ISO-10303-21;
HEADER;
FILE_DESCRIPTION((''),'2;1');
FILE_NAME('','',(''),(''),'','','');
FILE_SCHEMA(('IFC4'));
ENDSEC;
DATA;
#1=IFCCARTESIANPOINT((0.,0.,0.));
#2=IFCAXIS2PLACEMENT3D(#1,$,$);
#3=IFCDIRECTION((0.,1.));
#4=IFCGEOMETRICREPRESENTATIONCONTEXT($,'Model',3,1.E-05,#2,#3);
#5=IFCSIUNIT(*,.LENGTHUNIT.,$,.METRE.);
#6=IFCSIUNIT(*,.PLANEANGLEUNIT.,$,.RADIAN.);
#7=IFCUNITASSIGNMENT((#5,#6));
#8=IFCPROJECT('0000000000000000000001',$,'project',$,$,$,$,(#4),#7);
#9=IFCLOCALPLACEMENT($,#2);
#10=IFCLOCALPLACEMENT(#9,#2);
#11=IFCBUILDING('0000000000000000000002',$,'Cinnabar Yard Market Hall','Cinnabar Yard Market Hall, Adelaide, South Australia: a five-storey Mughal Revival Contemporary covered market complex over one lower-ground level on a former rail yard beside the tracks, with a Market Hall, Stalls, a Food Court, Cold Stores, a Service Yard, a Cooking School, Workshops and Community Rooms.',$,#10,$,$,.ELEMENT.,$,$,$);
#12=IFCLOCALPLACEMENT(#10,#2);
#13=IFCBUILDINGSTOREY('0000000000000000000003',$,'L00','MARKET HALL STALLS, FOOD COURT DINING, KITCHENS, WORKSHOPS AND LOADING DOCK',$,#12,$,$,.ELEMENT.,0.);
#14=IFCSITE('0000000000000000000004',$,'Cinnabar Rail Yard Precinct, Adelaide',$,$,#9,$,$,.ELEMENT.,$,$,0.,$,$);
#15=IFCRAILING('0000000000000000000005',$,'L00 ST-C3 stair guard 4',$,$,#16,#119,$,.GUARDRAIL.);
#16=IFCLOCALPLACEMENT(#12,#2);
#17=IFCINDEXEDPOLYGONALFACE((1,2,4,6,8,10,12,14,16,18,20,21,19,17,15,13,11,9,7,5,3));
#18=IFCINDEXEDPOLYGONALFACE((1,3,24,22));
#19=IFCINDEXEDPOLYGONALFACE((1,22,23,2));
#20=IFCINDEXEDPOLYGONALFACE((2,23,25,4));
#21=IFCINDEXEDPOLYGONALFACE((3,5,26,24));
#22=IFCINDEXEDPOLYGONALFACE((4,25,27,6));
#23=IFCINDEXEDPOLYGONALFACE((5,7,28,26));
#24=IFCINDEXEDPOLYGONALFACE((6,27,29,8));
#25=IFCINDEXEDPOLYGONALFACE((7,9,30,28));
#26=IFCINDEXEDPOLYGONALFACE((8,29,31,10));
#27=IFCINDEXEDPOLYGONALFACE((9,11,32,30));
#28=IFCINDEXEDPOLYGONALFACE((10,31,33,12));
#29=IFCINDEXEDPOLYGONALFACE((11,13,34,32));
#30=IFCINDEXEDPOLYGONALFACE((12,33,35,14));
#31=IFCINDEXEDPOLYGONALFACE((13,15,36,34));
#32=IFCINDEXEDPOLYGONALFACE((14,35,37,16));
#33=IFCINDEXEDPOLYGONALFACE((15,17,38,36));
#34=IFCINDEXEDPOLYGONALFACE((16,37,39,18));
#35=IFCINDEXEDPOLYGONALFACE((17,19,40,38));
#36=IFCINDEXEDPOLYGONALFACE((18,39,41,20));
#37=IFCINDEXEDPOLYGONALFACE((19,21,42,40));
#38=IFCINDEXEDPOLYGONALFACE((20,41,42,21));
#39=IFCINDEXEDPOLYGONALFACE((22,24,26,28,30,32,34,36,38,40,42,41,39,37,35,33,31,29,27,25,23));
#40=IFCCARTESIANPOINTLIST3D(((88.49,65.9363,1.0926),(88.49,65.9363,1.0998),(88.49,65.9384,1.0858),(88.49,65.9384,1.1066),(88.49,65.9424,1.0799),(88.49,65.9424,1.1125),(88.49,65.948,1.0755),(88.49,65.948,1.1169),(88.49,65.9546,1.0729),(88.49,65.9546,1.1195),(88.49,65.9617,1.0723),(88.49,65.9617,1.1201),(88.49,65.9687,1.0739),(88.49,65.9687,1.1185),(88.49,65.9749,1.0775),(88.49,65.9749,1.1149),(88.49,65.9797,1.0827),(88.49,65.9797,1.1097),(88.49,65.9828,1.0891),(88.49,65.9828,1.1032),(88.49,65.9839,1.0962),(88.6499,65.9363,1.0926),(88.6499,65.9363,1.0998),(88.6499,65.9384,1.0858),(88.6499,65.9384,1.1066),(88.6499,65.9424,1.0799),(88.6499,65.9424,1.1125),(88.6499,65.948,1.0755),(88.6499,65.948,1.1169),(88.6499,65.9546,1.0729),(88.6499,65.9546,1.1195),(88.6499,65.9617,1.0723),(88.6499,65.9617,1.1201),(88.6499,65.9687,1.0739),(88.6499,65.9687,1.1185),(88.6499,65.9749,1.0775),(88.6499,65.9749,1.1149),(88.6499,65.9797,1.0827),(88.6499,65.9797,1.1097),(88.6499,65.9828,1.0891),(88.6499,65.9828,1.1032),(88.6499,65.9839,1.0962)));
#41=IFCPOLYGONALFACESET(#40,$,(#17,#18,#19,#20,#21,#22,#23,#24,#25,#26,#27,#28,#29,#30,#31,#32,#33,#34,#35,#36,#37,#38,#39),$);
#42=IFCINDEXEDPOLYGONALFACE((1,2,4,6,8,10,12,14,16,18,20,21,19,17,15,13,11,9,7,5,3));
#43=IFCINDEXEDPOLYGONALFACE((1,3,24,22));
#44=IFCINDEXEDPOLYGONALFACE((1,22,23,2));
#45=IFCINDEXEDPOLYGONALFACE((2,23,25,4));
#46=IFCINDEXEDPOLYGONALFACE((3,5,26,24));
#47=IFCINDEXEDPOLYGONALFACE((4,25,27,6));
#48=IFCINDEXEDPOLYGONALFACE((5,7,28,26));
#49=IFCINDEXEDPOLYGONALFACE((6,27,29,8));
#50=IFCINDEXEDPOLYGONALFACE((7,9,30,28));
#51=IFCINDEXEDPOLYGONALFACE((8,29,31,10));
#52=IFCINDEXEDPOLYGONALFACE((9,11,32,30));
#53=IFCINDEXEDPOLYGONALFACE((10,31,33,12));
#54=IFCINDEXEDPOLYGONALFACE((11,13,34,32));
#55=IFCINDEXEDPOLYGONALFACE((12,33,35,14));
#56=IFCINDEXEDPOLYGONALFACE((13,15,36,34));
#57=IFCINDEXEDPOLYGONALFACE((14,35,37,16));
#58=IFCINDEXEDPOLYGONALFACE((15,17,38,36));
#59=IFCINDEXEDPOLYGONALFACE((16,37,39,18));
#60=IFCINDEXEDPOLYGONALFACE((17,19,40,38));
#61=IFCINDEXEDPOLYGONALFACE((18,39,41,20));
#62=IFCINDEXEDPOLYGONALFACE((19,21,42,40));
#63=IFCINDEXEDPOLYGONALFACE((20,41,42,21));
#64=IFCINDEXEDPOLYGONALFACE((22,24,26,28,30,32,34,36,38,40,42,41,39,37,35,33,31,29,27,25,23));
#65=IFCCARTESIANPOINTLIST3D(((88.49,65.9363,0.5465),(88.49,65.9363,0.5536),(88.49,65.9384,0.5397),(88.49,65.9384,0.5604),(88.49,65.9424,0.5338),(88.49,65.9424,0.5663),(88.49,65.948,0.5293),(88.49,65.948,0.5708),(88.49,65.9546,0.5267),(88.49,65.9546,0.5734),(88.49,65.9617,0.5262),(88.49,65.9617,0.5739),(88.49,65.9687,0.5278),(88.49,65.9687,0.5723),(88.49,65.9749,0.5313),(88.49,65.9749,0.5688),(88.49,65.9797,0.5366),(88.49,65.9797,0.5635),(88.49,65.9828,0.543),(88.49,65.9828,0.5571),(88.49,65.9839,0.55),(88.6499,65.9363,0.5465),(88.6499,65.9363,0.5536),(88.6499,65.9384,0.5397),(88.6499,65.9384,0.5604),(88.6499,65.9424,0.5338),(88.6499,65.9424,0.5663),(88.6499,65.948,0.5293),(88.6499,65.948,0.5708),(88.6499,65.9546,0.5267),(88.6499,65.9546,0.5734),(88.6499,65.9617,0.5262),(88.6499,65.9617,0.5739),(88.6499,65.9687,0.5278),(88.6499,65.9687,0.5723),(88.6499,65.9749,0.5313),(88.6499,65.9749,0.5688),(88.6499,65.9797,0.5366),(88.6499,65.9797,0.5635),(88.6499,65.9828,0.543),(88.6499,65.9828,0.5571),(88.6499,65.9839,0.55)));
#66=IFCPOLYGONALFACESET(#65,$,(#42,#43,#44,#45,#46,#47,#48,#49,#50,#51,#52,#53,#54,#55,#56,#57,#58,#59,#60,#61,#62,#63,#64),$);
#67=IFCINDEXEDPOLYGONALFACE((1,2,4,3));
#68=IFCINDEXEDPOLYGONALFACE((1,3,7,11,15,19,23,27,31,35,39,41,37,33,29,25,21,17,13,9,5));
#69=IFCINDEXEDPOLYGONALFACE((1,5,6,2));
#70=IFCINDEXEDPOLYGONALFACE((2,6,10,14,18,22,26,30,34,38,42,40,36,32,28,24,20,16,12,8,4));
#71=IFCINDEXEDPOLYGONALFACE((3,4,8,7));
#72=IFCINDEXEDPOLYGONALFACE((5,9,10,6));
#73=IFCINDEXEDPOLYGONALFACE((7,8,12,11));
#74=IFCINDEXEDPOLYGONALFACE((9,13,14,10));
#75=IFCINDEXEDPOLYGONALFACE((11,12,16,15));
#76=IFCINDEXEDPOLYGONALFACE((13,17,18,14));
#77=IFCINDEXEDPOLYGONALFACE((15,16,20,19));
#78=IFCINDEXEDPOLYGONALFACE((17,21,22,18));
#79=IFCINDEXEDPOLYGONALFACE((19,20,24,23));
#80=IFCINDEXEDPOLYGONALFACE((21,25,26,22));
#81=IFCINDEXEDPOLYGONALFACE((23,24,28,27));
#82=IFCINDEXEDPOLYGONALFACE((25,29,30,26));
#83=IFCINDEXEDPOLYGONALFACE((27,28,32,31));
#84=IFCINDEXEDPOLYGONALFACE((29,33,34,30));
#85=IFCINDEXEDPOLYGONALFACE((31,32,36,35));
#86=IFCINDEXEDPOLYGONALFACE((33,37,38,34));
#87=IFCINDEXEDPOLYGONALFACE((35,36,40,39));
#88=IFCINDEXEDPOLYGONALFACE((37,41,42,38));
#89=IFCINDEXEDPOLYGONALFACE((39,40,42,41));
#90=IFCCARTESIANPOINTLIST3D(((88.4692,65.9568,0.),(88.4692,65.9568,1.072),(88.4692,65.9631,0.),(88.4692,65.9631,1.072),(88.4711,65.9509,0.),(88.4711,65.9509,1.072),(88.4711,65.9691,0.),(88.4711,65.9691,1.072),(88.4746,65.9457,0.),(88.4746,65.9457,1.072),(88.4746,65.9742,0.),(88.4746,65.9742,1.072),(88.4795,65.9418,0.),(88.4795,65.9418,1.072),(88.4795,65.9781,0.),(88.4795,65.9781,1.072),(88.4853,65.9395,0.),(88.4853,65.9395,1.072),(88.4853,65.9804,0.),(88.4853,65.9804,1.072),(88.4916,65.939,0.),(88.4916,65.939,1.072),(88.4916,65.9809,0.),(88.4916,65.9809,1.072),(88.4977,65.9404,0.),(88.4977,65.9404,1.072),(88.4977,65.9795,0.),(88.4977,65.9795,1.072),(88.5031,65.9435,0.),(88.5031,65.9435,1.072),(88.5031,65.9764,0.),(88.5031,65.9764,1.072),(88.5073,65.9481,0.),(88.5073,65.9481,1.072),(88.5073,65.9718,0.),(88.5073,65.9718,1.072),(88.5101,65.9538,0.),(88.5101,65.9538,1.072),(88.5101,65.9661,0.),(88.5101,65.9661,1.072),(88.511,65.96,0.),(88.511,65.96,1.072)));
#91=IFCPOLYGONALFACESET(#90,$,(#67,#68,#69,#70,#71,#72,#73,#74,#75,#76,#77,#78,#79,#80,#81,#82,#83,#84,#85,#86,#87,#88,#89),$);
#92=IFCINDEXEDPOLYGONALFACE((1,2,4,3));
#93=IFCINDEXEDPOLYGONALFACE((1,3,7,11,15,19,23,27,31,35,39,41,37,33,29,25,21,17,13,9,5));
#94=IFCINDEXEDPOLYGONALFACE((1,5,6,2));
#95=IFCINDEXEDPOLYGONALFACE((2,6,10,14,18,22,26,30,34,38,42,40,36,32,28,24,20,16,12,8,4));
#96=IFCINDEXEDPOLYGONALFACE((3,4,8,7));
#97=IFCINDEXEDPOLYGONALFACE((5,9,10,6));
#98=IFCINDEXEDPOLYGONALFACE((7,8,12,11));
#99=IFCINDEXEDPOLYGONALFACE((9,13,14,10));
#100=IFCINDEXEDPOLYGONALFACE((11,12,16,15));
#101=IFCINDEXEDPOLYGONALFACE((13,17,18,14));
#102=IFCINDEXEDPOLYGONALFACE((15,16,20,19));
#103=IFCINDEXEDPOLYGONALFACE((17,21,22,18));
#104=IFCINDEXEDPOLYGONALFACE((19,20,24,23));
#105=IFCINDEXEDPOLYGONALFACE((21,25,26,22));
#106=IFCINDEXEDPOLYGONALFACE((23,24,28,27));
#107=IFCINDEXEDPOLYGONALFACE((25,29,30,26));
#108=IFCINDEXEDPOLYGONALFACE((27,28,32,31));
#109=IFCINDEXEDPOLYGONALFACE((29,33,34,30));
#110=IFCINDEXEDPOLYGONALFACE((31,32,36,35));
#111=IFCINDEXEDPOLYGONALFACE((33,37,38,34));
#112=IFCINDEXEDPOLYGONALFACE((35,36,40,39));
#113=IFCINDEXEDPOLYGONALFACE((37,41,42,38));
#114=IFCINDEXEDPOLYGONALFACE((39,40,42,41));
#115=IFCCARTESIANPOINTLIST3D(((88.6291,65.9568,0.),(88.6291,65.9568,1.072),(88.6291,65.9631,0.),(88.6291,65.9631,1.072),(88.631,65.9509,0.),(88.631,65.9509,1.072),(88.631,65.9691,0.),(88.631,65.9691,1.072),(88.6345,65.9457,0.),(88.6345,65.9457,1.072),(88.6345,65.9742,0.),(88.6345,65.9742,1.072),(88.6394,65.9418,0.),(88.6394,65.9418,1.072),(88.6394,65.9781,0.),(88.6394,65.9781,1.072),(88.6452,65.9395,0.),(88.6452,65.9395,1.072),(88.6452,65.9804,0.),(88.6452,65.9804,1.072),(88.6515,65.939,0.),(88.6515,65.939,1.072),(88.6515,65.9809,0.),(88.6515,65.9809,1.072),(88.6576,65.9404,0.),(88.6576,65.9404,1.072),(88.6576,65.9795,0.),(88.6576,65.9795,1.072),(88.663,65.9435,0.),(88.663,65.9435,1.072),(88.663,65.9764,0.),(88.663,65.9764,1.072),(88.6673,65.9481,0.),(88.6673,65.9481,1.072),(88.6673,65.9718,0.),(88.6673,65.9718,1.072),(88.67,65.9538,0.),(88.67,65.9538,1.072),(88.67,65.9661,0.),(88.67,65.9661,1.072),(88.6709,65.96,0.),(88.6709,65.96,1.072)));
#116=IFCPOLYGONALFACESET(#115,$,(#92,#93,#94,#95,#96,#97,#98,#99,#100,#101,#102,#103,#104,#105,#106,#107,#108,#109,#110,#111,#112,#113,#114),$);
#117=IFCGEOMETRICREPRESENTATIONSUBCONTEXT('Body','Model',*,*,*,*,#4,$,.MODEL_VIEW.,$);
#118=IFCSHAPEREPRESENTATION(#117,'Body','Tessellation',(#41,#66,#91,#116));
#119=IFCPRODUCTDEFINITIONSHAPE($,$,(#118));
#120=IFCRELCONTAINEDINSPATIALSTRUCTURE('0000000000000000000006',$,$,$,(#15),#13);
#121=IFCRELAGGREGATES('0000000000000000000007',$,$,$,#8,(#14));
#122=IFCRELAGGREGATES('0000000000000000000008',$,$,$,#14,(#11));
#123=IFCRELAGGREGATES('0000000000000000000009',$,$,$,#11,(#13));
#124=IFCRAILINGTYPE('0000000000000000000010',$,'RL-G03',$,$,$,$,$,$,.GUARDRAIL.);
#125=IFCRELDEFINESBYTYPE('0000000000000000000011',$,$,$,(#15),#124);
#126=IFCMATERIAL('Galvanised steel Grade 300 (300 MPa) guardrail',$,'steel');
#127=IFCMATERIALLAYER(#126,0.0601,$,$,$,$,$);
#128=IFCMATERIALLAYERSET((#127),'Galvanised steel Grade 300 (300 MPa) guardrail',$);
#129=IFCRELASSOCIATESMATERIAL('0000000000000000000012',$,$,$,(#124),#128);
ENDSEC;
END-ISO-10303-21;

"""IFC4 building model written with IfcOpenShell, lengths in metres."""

from ifc_helpers import new_model, si_unit, direction, frame, origin, origin_2d_with_axis, place, context, subcontext, project, spatial, circle, extrude, material, layer, layer_set, type_object, element, save


model = new_model("IFC4")

# Units and contexts
model_context = context("Model", 3, precision=1e-05, world=origin(), true_north=direction((0.0, 1.0)))
body_context = subcontext(model_context, "Body", "Model", "MODEL_VIEW")
ifc_project = project(units=[si_unit("LENGTHUNIT", "METRE"), si_unit("PLANEANGLEUNIT", "RADIAN")], contexts=[model_context])

# Site, building, storey
site_placement = place(None, origin())
site = spatial("IfcSite", under=ifc_project, at=site_placement, Name="Cinnabar Rail Yard Precinct, Adelaide", CompositionType="ELEMENT", RefElevation=0.0)
building_placement = place(site_placement, origin())
building = spatial("IfcBuilding", under=site, at=building_placement, Name="Cinnabar Yard Market Hall", Description="Cinnabar Yard Market Hall, Adelaide, South Australia: a five-storey Mughal Revival Contemporary covered market complex over one lower-ground level on a former rail yard beside the tracks, with a Market Hall, Stalls, a Food Court, Cold Stores, a Service Yard, a Cooking School, Workshops and Community Rooms.", CompositionType="ELEMENT")
storey_placement = place(building_placement, origin())
storey = spatial("IfcBuildingStorey", under=building, at=storey_placement, Name="L00", Description="MARKET HALL STALLS, FOOD COURT DINING, KITCHENS, WORKSHOPS AND LOADING DOCK", CompositionType="ELEMENT", Elevation=0.0)

# Railing
ifc_material_1 = material(Name="Galvanised steel Grade 300 (300 MPa) guardrail", Category="steel")
ifc_layer_1 = layer(ifc_material_1, 0.0601)
ifc_layer_set_1 = layer_set([ifc_layer_1], Name="Galvanised steel Grade 300 (300 MPa) guardrail")
railing_type_1 = type_object("IfcRailingType", Name="RL-G03", PredefinedType="GUARDRAIL", material=ifc_layer_set_1)
railing_1_placement = place(storey_placement, frame((88.49, 65.96, 0.0)))
element("IfcRailing", 1, at=railing_1_placement, inside=storey, type_object=railing_type_1, Name="L00 ST-C3 stair guard 4", PredefinedType="GUARDRAIL", context=body_context, shape_type="SweptSolid", body=[
    extrude(circle(Radius=0.0239, at=origin_2d_with_axis()), frame((0.0, 0.0, 1.0962), z_axis=(1.0, 0.0, 0.0), x_axis=(0.0, 1.0, 0.0)), (0.0, 0.0, 1.0), 0.1599),
    extrude(circle(Radius=0.0239, at=origin_2d_with_axis()), frame((0.0, 0.0, 0.55), z_axis=(1.0, 0.0, 0.0), x_axis=(0.0, 1.0, 0.0)), (0.0, 0.0, 1.0), 0.1599),
    extrude(circle(Radius=0.021, at=origin_2d_with_axis()), origin(), (0.0, 0.0, 1.0), 1.072),
    extrude(circle(Radius=0.021, at=origin_2d_with_axis()), frame((0.1599, 0.0, 0.0)), (0.0, 0.0, 1.0), 1.072),
])

save(model, "model.ifc")
